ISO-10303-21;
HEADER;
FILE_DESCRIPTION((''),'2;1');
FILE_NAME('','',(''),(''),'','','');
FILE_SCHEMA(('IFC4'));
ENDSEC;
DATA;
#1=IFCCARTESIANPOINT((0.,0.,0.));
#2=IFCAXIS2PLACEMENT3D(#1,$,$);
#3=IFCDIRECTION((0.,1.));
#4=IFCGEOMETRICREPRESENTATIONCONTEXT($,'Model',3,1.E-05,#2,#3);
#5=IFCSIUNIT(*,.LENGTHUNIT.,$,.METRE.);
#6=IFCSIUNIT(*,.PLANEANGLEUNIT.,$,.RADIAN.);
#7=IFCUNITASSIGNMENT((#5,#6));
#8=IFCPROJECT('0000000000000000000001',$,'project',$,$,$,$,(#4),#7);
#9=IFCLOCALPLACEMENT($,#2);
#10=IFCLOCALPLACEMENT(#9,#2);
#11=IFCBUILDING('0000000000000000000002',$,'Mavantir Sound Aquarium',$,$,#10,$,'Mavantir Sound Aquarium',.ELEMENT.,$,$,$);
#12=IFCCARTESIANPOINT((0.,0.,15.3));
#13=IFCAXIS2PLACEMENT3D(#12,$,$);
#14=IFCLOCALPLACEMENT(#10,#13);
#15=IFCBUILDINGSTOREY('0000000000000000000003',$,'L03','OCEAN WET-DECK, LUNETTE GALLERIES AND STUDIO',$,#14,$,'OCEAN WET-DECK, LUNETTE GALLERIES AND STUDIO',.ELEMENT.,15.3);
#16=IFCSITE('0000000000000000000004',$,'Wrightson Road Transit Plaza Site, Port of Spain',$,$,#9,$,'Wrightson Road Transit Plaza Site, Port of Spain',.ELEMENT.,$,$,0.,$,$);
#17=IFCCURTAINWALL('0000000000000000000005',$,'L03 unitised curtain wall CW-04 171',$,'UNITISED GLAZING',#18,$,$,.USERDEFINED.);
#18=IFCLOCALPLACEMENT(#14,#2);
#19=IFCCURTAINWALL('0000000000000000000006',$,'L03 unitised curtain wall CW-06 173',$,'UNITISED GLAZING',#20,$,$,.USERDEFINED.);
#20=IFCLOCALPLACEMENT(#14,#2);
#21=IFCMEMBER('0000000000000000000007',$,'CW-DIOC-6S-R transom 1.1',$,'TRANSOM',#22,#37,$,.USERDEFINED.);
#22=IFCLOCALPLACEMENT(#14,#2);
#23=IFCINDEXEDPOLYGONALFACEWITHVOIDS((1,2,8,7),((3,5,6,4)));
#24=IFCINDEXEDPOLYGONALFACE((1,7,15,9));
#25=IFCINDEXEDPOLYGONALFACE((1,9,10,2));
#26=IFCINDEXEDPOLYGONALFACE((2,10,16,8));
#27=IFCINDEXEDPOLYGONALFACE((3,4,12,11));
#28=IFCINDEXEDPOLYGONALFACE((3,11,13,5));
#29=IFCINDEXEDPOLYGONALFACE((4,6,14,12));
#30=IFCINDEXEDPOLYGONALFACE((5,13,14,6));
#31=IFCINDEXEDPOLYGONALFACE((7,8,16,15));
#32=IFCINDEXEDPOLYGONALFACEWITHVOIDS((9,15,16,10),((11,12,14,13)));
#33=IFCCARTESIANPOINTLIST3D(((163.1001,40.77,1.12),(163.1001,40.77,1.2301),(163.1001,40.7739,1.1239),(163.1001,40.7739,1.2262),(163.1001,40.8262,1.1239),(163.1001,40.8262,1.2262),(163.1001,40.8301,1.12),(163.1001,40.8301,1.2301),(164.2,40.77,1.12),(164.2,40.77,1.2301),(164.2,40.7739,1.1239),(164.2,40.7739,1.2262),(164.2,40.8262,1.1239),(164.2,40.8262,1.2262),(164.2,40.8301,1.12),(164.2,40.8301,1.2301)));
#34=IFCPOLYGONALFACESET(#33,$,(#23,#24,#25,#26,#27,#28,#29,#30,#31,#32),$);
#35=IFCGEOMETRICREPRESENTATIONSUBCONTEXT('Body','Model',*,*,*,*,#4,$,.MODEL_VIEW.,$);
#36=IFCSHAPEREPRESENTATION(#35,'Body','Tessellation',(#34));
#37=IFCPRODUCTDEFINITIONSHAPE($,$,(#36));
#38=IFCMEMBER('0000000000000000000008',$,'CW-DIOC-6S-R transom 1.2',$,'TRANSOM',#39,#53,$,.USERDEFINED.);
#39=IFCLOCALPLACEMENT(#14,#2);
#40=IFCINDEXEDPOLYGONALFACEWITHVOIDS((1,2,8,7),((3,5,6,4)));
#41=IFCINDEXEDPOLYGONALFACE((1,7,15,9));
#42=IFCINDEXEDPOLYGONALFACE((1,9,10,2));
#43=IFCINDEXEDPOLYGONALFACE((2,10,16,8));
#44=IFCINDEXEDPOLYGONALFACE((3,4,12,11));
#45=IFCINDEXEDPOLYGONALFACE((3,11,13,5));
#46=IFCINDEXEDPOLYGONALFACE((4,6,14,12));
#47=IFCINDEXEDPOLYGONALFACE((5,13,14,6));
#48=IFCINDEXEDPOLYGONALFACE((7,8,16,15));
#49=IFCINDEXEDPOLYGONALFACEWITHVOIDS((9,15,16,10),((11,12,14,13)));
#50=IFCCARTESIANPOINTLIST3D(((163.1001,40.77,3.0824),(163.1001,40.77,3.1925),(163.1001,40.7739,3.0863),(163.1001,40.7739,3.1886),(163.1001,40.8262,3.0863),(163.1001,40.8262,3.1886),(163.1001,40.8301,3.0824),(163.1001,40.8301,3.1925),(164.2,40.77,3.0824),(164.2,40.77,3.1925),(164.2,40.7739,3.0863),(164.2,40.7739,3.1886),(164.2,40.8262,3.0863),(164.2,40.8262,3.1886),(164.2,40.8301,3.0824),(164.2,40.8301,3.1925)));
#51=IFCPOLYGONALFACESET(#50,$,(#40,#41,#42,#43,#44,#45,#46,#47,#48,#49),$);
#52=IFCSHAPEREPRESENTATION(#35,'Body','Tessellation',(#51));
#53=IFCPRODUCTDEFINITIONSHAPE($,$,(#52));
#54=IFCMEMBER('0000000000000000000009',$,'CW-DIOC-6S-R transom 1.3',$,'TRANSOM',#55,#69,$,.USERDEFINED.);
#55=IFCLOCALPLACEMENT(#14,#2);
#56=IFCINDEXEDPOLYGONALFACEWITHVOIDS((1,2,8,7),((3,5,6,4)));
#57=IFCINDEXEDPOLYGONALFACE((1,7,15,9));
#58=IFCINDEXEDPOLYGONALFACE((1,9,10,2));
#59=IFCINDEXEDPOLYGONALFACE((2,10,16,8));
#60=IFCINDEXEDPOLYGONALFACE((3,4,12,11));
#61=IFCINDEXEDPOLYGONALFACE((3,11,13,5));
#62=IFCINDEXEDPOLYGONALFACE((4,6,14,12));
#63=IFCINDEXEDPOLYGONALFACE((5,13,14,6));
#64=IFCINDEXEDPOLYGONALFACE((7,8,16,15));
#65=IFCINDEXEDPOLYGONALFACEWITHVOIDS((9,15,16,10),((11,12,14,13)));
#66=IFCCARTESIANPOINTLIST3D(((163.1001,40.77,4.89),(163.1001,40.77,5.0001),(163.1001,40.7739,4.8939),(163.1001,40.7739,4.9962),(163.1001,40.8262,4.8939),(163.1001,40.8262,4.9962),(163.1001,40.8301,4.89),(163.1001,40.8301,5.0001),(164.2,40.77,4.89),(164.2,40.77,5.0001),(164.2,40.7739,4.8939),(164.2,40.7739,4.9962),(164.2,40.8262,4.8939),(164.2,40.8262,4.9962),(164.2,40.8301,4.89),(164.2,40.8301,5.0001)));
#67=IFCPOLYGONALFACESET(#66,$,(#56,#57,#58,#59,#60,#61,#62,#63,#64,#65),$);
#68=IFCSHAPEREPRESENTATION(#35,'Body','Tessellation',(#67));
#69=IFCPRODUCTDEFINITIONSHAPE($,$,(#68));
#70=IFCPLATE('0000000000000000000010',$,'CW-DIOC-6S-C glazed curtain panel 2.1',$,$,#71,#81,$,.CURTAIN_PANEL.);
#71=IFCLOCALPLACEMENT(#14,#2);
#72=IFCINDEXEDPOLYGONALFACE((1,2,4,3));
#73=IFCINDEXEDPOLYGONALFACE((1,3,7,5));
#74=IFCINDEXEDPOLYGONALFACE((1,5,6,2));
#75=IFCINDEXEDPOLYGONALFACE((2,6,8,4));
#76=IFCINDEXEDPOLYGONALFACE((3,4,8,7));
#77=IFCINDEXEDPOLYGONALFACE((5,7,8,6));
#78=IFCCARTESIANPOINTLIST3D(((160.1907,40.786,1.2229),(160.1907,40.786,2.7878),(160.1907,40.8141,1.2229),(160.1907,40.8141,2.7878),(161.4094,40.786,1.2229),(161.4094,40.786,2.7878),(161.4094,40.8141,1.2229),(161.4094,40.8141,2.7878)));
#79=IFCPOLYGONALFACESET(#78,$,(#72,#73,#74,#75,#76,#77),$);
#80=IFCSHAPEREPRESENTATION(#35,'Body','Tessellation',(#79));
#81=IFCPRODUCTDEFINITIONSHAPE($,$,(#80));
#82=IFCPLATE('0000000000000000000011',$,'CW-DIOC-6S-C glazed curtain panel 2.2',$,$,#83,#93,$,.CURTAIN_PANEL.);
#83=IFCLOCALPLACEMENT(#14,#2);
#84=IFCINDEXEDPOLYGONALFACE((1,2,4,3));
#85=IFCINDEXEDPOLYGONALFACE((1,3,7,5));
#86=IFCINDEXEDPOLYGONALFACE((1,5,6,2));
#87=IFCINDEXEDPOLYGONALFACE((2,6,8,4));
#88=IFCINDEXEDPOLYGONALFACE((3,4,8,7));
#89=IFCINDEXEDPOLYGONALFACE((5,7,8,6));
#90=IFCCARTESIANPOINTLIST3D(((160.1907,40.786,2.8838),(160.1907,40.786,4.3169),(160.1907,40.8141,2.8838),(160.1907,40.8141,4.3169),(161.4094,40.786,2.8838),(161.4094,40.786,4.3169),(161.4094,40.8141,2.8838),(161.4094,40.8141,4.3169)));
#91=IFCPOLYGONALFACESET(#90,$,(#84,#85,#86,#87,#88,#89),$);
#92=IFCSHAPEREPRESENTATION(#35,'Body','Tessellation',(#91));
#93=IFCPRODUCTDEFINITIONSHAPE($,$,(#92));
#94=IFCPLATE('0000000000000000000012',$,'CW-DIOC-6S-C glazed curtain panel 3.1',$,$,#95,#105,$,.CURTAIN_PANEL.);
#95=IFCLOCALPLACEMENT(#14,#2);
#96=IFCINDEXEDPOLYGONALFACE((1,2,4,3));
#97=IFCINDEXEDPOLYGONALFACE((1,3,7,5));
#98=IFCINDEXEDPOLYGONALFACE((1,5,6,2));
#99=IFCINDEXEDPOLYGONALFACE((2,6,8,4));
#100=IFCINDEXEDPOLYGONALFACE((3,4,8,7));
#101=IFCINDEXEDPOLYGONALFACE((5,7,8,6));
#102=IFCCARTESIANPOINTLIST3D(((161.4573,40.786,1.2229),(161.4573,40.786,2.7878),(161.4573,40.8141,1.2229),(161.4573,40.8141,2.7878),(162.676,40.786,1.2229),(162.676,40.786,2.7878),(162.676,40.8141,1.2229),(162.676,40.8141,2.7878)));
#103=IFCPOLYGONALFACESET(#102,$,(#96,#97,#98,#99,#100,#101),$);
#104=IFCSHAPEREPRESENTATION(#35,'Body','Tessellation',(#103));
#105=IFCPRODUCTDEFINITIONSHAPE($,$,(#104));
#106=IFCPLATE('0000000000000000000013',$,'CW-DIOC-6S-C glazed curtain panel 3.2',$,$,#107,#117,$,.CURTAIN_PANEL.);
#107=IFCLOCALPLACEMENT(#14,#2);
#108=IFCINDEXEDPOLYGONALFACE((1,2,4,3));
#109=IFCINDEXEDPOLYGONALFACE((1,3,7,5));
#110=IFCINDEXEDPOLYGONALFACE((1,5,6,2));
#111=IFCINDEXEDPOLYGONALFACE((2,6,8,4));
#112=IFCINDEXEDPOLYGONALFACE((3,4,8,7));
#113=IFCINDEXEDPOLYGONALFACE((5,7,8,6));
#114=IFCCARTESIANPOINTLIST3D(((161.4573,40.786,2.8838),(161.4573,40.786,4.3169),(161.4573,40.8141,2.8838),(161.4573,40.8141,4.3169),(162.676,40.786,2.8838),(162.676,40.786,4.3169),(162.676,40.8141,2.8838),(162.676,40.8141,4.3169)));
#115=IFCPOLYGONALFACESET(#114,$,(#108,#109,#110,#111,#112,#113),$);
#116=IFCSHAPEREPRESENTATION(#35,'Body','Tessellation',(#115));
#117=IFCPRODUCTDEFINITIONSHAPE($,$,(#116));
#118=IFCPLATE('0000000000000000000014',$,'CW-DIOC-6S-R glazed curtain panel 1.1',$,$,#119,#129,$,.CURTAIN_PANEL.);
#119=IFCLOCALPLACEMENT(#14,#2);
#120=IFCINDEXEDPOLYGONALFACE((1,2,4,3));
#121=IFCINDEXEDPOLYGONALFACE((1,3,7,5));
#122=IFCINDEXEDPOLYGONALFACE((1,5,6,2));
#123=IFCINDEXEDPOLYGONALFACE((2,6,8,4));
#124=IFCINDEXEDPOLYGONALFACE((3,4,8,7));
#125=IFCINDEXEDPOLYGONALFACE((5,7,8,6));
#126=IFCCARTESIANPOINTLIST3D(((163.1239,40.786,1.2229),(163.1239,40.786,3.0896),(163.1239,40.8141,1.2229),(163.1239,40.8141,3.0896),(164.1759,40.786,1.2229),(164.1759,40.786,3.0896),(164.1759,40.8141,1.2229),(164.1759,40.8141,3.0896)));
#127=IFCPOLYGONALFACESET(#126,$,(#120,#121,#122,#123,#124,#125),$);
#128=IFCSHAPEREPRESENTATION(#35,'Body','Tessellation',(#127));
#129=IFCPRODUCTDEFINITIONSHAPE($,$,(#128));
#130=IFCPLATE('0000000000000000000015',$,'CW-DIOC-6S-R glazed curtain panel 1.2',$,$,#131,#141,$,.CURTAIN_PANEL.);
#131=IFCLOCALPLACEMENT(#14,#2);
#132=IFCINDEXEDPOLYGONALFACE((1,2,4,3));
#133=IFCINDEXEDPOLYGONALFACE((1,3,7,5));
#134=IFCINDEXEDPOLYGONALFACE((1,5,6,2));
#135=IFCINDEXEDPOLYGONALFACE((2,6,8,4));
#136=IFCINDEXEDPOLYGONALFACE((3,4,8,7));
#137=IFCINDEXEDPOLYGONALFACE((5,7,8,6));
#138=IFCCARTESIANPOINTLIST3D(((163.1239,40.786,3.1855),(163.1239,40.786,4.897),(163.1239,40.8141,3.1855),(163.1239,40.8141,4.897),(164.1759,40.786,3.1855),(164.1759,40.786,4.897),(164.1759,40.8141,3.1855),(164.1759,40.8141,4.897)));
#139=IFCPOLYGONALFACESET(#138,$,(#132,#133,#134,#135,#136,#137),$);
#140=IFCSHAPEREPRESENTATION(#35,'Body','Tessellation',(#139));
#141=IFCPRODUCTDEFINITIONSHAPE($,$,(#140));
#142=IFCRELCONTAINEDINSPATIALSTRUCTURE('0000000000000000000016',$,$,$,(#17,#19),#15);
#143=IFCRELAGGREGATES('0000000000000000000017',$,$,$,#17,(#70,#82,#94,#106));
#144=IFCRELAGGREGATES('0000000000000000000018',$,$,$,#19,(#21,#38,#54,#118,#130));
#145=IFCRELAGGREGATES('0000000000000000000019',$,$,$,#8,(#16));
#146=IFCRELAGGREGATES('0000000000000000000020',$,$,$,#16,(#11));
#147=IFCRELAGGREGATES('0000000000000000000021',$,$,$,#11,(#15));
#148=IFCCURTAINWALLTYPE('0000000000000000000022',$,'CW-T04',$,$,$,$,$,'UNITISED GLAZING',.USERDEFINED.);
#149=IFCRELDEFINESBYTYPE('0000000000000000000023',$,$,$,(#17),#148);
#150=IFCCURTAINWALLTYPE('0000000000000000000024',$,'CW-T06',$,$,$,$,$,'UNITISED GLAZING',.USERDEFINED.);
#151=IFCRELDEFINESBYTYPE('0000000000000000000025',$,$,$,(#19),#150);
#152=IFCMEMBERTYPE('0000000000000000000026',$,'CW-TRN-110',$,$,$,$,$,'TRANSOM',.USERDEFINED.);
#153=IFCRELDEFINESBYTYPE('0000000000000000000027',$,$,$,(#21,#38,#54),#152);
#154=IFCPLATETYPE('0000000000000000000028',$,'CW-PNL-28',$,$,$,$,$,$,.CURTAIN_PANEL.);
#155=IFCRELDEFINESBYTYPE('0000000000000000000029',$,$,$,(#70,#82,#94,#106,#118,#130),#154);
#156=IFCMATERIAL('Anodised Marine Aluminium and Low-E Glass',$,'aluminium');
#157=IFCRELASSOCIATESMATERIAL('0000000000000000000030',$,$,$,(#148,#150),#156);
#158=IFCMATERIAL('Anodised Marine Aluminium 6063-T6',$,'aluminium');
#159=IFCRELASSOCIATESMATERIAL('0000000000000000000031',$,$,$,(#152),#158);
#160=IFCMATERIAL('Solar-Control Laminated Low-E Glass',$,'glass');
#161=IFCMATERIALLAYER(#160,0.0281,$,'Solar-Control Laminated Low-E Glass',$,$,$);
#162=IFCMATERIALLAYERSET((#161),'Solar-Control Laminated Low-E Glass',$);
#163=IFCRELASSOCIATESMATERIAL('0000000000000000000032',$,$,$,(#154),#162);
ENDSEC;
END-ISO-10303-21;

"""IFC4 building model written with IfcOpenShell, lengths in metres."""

from ifc_helpers import new_model, si_unit, direction, frame, origin, origin_2d, place, context, subcontext, project, spatial, rectangle, hollow_rectangle, extrude, material, layer, layer_set, material_profile, profile_set, type_object, element, aggregate, save


model = new_model("IFC4")

# Units and contexts
model_context = context("Model", 3, precision=1e-05, world=origin(), true_north=direction((0.0, 1.0)))
body_context = subcontext(model_context, "Body", "Model", "MODEL_VIEW")
ifc_project = project(units=[si_unit("LENGTHUNIT", "METRE"), si_unit("PLANEANGLEUNIT", "RADIAN")], contexts=[model_context])

# Site, building, storey
site_placement = place(None, origin())
site = spatial("IfcSite", under=ifc_project, at=site_placement, Name="Wrightson Road Transit Plaza Site, Port of Spain", LongName="Wrightson Road Transit Plaza Site, Port of Spain", CompositionType="ELEMENT", RefElevation=0.0)
building_placement = place(site_placement, origin())
building = spatial("IfcBuilding", under=site, at=building_placement, Name="Mavantir Sound Aquarium", LongName="Mavantir Sound Aquarium", CompositionType="ELEMENT")
storey_placement = place(building_placement, frame((0.0, 0.0, 15.3)))
storey = spatial("IfcBuildingStorey", under=building, at=storey_placement, Name="L03", Description="OCEAN WET-DECK, LUNETTE GALLERIES AND STUDIO", LongName="OCEAN WET-DECK, LUNETTE GALLERIES AND STUDIO", CompositionType="ELEMENT", Elevation=15.3)

# Curtain walls
ifc_material_1 = material(Name="Anodised Marine Aluminium and Low-E Glass", Category="aluminium")
curtain_wall_type_1 = type_object("IfcCurtainWallType", Name="CW-T04", ElementType="UNITISED GLAZING", PredefinedType="USERDEFINED", material=ifc_material_1)
curtain_wall_1_placement = place(storey_placement, origin())
curtain_wall_1 = element("IfcCurtainWall", 1, at=curtain_wall_1_placement, inside=storey, type_object=curtain_wall_type_1, Name="L03 unitised curtain wall CW-04 171", ObjectType="UNITISED GLAZING", PredefinedType="USERDEFINED")
ifc_material_2 = material(Name="Anodised Marine Aluminium 6063-T6", Category="aluminium")
curtain_wall_type_2 = type_object("IfcCurtainWallType", Name="CW-T06", ElementType="UNITISED GLAZING", PredefinedType="USERDEFINED", material=ifc_material_1)
curtain_wall_2_placement = place(storey_placement, origin())
curtain_wall_2 = element("IfcCurtainWall", 2, at=curtain_wall_2_placement, inside=storey, type_object=curtain_wall_type_2, Name="L03 unitised curtain wall CW-06 173", ObjectType="UNITISED GLAZING", PredefinedType="USERDEFINED")

# Members
ifc_material_profile_1 = material_profile(ifc_material_2, hollow_rectangle(XDim=0.0601, YDim=0.1101, WallThickness=0.0039, at=origin_2d()), Name="ALU-TRANSOM-110X60")
ifc_profile_set_1 = profile_set([ifc_material_profile_1], Name="Anodised Marine Aluminium 6063-T6")
member_type_1 = type_object("IfcMemberType", Name="CW-TRN-110", ElementType="TRANSOM", PredefinedType="USERDEFINED", material=ifc_profile_set_1)
member_1_placement = place(storey_placement, frame((163.1001, 40.8, 1.175), z_axis=(1.0, 0.0, 0.0), x_axis=(0.0, 1.0, 0.0)))
member_1 = element("IfcMember", 3, at=member_1_placement, type_object=member_type_1, Name="CW-DIOC-6S-R transom 1.1", ObjectType="TRANSOM", PredefinedType="USERDEFINED", context=body_context, shape_type="SweptSolid", body=[
    extrude(hollow_rectangle(XDim=0.0601, YDim=0.1101, WallThickness=0.0039, at=origin_2d()), origin(), (0.0, 0.0, 1.0), 1.0999),
])
member_2_placement = place(storey_placement, frame((163.1001, 40.8, 3.1375), z_axis=(1.0, 0.0, 0.0), x_axis=(0.0, 1.0, 0.0)))
member_2 = element("IfcMember", 4, at=member_2_placement, type_object=member_type_1, Name="CW-DIOC-6S-R transom 1.2", ObjectType="TRANSOM", PredefinedType="USERDEFINED", context=body_context, shape_type="SweptSolid", body=[
    extrude(hollow_rectangle(XDim=0.0601, YDim=0.1101, WallThickness=0.0039, at=origin_2d()), origin(), (0.0, 0.0, 1.0), 1.0999),
])
member_3_placement = place(storey_placement, frame((163.1001, 40.8, 4.9451), z_axis=(1.0, 0.0, 0.0), x_axis=(0.0, 1.0, 0.0)))
member_3 = element("IfcMember", 5, at=member_3_placement, type_object=member_type_1, Name="CW-DIOC-6S-R transom 1.3", ObjectType="TRANSOM", PredefinedType="USERDEFINED", context=body_context, shape_type="SweptSolid", body=[
    extrude(hollow_rectangle(XDim=0.0601, YDim=0.1101, WallThickness=0.0039, at=origin_2d()), origin(), (0.0, 0.0, 1.0), 1.0999),
])

# Plates
ifc_material_3 = material(Name="Solar-Control Laminated Low-E Glass", Category="glass")
ifc_layer = layer(ifc_material_3, 0.0281, Name="Solar-Control Laminated Low-E Glass")
ifc_layer_set = layer_set([ifc_layer], Name="Solar-Control Laminated Low-E Glass")
plate_type = type_object("IfcPlateType", Name="CW-PNL-28", PredefinedType="CURTAIN_PANEL", material=ifc_layer_set)
plate_1_placement = place(storey_placement, frame((160.8, 40.8, 1.2229), z_axis=(0.0, 0.0, 1.0), x_axis=(1.0, 0.0, 0.0)))
plate_1 = element("IfcPlate", 6, at=plate_1_placement, type_object=plate_type, Name="CW-DIOC-6S-C glazed curtain panel 2.1", PredefinedType="CURTAIN_PANEL", context=body_context, shape_type="SweptSolid", body=[
    extrude(rectangle(XDim=1.2188, YDim=0.0281, at=origin_2d()), origin(), (0.0, 0.0, 1.0), 1.5649),
])
plate_2_placement = place(storey_placement, frame((160.8, 40.8, 2.8838), z_axis=(0.0, 0.0, 1.0), x_axis=(1.0, 0.0, 0.0)))
plate_2 = element("IfcPlate", 7, at=plate_2_placement, type_object=plate_type, Name="CW-DIOC-6S-C glazed curtain panel 2.2", PredefinedType="CURTAIN_PANEL", context=body_context, shape_type="SweptSolid", body=[
    extrude(rectangle(XDim=1.2188, YDim=0.0281, at=origin_2d()), origin(), (0.0, 0.0, 1.0), 1.4331),
])
plate_3_placement = place(storey_placement, frame((162.0667, 40.8, 1.2229), z_axis=(0.0, 0.0, 1.0), x_axis=(1.0, 0.0, 0.0)))
plate_3 = element("IfcPlate", 8, at=plate_3_placement, type_object=plate_type, Name="CW-DIOC-6S-C glazed curtain panel 3.1", PredefinedType="CURTAIN_PANEL", context=body_context, shape_type="SweptSolid", body=[
    extrude(rectangle(XDim=1.2188, YDim=0.0281, at=origin_2d()), origin(), (0.0, 0.0, 1.0), 1.5649),
])
plate_4_placement = place(storey_placement, frame((162.0667, 40.8, 2.8838), z_axis=(0.0, 0.0, 1.0), x_axis=(1.0, 0.0, 0.0)))
plate_4 = element("IfcPlate", 9, at=plate_4_placement, type_object=plate_type, Name="CW-DIOC-6S-C glazed curtain panel 3.2", PredefinedType="CURTAIN_PANEL", context=body_context, shape_type="SweptSolid", body=[
    extrude(rectangle(XDim=1.2188, YDim=0.0281, at=origin_2d()), origin(), (0.0, 0.0, 1.0), 1.4331),
])
aggregate(curtain_wall_1, [plate_1, plate_2, plate_3, plate_4])
plate_5_placement = place(storey_placement, frame((163.6499, 40.8, 1.2229), z_axis=(0.0, 0.0, 1.0), x_axis=(1.0, 0.0, 0.0)))
plate_5 = element("IfcPlate", 10, at=plate_5_placement, type_object=plate_type, Name="CW-DIOC-6S-R glazed curtain panel 1.1", PredefinedType="CURTAIN_PANEL", context=body_context, shape_type="SweptSolid", body=[
    extrude(rectangle(XDim=1.052, YDim=0.0281, at=origin_2d()), origin(), (0.0, 0.0, 1.0), 1.8667),
])
plate_6_placement = place(storey_placement, frame((163.6499, 40.8, 3.1855), z_axis=(0.0, 0.0, 1.0), x_axis=(1.0, 0.0, 0.0)))
plate_6 = element("IfcPlate", 11, at=plate_6_placement, type_object=plate_type, Name="CW-DIOC-6S-R glazed curtain panel 1.2", PredefinedType="CURTAIN_PANEL", context=body_context, shape_type="SweptSolid", body=[
    extrude(rectangle(XDim=1.052, YDim=0.0281, at=origin_2d()), origin(), (0.0, 0.0, 1.0), 1.7114),
])
aggregate(curtain_wall_2, [member_1, member_2, member_3, plate_5, plate_6])

save(model, "model.ifc")
